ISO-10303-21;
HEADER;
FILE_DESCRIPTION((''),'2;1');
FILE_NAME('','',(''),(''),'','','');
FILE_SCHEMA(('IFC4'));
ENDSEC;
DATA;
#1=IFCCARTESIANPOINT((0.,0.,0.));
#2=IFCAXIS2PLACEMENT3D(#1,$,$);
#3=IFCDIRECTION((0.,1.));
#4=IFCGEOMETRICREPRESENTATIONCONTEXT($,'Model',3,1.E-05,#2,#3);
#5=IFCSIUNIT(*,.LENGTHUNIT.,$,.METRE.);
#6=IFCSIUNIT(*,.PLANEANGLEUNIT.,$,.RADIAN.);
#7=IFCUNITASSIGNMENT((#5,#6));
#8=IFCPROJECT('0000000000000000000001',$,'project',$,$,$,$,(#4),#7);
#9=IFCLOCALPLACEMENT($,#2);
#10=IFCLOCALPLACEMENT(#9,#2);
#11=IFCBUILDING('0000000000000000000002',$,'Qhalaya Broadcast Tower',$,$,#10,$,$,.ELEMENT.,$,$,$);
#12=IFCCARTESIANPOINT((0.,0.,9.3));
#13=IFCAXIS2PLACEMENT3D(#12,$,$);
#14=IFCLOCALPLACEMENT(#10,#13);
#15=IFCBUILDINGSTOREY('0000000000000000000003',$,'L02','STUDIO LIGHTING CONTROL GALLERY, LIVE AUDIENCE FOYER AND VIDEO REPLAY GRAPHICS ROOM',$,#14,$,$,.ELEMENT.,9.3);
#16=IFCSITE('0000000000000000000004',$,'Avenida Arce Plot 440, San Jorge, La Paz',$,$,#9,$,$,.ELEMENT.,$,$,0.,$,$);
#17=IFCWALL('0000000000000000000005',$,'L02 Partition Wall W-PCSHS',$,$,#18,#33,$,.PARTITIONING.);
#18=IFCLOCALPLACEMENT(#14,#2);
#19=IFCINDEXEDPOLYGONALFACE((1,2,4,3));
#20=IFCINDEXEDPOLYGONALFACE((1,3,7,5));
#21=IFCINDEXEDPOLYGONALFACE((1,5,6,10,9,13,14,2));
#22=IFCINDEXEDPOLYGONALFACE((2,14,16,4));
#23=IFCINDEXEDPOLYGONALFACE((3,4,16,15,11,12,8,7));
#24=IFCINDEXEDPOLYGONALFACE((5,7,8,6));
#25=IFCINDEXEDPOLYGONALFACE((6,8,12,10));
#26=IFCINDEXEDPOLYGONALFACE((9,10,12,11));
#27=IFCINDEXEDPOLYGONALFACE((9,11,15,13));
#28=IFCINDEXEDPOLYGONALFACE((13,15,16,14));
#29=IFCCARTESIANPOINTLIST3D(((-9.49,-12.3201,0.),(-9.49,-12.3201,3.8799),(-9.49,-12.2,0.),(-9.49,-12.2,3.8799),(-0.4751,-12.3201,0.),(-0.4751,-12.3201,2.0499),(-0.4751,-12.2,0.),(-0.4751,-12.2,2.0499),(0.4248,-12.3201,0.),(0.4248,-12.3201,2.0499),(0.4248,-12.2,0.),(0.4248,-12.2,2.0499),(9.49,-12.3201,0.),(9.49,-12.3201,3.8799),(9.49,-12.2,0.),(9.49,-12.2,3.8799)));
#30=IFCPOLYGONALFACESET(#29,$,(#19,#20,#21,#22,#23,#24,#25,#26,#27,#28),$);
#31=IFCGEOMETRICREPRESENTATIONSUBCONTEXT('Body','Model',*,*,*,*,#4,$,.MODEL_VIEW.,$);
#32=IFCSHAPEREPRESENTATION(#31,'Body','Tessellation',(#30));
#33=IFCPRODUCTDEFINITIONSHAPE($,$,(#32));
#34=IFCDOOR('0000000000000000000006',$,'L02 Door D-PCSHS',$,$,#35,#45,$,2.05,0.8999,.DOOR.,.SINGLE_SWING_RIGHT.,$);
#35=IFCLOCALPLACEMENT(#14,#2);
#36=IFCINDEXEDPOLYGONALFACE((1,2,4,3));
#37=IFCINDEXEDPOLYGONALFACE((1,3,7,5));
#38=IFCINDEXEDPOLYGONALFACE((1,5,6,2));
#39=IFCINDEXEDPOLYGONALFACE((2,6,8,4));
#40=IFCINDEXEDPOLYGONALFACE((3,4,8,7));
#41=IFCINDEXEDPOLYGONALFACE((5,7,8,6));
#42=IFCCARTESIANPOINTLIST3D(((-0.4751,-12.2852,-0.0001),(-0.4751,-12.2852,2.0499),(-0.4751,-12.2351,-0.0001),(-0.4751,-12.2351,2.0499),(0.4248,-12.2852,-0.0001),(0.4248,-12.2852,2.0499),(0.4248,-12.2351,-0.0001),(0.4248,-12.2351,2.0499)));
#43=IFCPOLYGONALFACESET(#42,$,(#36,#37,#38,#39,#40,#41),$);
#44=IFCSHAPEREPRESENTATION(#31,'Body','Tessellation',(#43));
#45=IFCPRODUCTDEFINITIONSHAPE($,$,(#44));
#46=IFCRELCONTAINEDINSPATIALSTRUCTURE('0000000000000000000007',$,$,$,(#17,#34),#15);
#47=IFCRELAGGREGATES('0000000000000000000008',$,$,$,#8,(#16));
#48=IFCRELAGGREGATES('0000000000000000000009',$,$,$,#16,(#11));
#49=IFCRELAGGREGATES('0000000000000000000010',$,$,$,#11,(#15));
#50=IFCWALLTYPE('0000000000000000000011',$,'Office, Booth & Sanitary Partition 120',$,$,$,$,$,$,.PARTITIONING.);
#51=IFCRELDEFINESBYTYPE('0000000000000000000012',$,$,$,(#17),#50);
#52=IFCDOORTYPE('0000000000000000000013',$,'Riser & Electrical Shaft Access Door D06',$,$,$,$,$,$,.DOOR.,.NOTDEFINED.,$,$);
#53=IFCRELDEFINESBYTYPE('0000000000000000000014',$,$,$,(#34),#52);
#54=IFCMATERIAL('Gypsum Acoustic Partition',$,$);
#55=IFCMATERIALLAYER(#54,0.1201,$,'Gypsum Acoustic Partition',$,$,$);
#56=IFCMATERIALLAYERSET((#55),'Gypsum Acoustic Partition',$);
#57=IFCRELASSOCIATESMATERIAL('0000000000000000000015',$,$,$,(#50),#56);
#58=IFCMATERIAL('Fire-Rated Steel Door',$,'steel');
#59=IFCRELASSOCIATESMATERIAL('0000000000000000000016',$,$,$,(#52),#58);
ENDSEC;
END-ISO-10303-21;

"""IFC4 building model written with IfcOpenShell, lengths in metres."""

from ifc_helpers import new_model, si_unit, direction, frame, frame_2d, origin, place, context, subcontext, project, spatial, rectangle, extrude, material, layer, layer_set, type_object, element, fill, save


model = new_model("IFC4")

# Units and contexts
model_context = context("Model", 3, precision=1e-05, world=origin(), true_north=direction((0.0, 1.0)))
body_context = subcontext(model_context, "Body", "Model", "MODEL_VIEW")
ifc_project = project(units=[si_unit("LENGTHUNIT", "METRE"), si_unit("PLANEANGLEUNIT", "RADIAN")], contexts=[model_context])

# Site, building, storey
site_placement = place(None, origin())
site = spatial("IfcSite", under=ifc_project, at=site_placement, Name="Avenida Arce Plot 440, San Jorge, La Paz", CompositionType="ELEMENT", RefElevation=0.0)
building_placement = place(site_placement, origin())
building = spatial("IfcBuilding", under=site, at=building_placement, Name="Qhalaya Broadcast Tower", CompositionType="ELEMENT")
storey_placement = place(building_placement, frame((0.0, 0.0, 9.3)))
storey = spatial("IfcBuildingStorey", under=building, at=storey_placement, Name="L02", Description="STUDIO LIGHTING CONTROL GALLERY, LIVE AUDIENCE FOYER AND VIDEO REPLAY GRAPHICS ROOM", CompositionType="ELEMENT", Elevation=9.3)

# Wall, opening, door
ifc_material_1 = material(Name="Gypsum Acoustic Partition")
ifc_layer_1 = layer(ifc_material_1, 0.1201, Name="Gypsum Acoustic Partition")
ifc_layer_set_1 = layer_set([ifc_layer_1], Name="Gypsum Acoustic Partition")
wall_type_1 = type_object("IfcWallType", Name="Office, Booth & Sanitary Partition 120", PredefinedType="PARTITIONING", material=ifc_layer_set_1)
wall_1_placement = place(storey_placement, frame((-9.49, -12.26, 0.0), z_axis=(0.0, 0.0, 1.0), x_axis=(1.0, 0.0, 0.0)))
wall_1 = element("IfcWall", 1, at=wall_1_placement, inside=storey, type_object=wall_type_1, Name="L02 Partition Wall W-PCSHS", PredefinedType="PARTITIONING", context=body_context, shape_type="SweptSolid", body=[
    extrude(rectangle(XDim=18.98, YDim=0.1201, at=frame_2d((9.49, 0.0))), origin(), (0.0, 0.0, 1.0), 3.8799),
])
opening_1_placement = place(wall_1_placement, frame((9.0149, 0.0, 0.0)))
opening_1 = element("IfcOpeningElement", 2, at=opening_1_placement, cuts=wall_1, PredefinedType="OPENING", context=body_context, shape_type="SweptSolid", body=[
    extrude(rectangle(XDim=0.8999, YDim=2.05, at=frame_2d((0.45, 1.0249))), frame((0.0, 0.072, 0.0), z_axis=(0.0, -1.0, 0.0), x_axis=(1.0, 0.0, 0.0)), (0.0, 0.0, 1.0), 0.144),
])
ifc_material_2 = material(Name="Fire-Rated Steel Door", Category="steel")
door_type = type_object("IfcDoorType", Name="Riser & Electrical Shaft Access Door D06", OperationType="NOTDEFINED", PredefinedType="DOOR", material=ifc_material_2)
door_placement = place(opening_1_placement, origin())
door = element("IfcDoor", 3, at=door_placement, inside=storey, type_object=door_type, Name="L02 Door D-PCSHS", OperationType="SINGLE_SWING_RIGHT", OverallHeight=2.05, OverallWidth=0.8999, PredefinedType="DOOR", context=body_context, shape_type="SweptSolid", body=[
    extrude(rectangle(XDim=0.8999, YDim=2.05, at=frame_2d((0.45, 1.0249))), frame((0.0, 0.0249, 0.0), z_axis=(0.0, -1.0, 0.0), x_axis=(1.0, 0.0, 0.0)), (0.0, 0.0, 1.0), 0.05),
])
fill(opening_1, door)

save(model, "model.ifc")
